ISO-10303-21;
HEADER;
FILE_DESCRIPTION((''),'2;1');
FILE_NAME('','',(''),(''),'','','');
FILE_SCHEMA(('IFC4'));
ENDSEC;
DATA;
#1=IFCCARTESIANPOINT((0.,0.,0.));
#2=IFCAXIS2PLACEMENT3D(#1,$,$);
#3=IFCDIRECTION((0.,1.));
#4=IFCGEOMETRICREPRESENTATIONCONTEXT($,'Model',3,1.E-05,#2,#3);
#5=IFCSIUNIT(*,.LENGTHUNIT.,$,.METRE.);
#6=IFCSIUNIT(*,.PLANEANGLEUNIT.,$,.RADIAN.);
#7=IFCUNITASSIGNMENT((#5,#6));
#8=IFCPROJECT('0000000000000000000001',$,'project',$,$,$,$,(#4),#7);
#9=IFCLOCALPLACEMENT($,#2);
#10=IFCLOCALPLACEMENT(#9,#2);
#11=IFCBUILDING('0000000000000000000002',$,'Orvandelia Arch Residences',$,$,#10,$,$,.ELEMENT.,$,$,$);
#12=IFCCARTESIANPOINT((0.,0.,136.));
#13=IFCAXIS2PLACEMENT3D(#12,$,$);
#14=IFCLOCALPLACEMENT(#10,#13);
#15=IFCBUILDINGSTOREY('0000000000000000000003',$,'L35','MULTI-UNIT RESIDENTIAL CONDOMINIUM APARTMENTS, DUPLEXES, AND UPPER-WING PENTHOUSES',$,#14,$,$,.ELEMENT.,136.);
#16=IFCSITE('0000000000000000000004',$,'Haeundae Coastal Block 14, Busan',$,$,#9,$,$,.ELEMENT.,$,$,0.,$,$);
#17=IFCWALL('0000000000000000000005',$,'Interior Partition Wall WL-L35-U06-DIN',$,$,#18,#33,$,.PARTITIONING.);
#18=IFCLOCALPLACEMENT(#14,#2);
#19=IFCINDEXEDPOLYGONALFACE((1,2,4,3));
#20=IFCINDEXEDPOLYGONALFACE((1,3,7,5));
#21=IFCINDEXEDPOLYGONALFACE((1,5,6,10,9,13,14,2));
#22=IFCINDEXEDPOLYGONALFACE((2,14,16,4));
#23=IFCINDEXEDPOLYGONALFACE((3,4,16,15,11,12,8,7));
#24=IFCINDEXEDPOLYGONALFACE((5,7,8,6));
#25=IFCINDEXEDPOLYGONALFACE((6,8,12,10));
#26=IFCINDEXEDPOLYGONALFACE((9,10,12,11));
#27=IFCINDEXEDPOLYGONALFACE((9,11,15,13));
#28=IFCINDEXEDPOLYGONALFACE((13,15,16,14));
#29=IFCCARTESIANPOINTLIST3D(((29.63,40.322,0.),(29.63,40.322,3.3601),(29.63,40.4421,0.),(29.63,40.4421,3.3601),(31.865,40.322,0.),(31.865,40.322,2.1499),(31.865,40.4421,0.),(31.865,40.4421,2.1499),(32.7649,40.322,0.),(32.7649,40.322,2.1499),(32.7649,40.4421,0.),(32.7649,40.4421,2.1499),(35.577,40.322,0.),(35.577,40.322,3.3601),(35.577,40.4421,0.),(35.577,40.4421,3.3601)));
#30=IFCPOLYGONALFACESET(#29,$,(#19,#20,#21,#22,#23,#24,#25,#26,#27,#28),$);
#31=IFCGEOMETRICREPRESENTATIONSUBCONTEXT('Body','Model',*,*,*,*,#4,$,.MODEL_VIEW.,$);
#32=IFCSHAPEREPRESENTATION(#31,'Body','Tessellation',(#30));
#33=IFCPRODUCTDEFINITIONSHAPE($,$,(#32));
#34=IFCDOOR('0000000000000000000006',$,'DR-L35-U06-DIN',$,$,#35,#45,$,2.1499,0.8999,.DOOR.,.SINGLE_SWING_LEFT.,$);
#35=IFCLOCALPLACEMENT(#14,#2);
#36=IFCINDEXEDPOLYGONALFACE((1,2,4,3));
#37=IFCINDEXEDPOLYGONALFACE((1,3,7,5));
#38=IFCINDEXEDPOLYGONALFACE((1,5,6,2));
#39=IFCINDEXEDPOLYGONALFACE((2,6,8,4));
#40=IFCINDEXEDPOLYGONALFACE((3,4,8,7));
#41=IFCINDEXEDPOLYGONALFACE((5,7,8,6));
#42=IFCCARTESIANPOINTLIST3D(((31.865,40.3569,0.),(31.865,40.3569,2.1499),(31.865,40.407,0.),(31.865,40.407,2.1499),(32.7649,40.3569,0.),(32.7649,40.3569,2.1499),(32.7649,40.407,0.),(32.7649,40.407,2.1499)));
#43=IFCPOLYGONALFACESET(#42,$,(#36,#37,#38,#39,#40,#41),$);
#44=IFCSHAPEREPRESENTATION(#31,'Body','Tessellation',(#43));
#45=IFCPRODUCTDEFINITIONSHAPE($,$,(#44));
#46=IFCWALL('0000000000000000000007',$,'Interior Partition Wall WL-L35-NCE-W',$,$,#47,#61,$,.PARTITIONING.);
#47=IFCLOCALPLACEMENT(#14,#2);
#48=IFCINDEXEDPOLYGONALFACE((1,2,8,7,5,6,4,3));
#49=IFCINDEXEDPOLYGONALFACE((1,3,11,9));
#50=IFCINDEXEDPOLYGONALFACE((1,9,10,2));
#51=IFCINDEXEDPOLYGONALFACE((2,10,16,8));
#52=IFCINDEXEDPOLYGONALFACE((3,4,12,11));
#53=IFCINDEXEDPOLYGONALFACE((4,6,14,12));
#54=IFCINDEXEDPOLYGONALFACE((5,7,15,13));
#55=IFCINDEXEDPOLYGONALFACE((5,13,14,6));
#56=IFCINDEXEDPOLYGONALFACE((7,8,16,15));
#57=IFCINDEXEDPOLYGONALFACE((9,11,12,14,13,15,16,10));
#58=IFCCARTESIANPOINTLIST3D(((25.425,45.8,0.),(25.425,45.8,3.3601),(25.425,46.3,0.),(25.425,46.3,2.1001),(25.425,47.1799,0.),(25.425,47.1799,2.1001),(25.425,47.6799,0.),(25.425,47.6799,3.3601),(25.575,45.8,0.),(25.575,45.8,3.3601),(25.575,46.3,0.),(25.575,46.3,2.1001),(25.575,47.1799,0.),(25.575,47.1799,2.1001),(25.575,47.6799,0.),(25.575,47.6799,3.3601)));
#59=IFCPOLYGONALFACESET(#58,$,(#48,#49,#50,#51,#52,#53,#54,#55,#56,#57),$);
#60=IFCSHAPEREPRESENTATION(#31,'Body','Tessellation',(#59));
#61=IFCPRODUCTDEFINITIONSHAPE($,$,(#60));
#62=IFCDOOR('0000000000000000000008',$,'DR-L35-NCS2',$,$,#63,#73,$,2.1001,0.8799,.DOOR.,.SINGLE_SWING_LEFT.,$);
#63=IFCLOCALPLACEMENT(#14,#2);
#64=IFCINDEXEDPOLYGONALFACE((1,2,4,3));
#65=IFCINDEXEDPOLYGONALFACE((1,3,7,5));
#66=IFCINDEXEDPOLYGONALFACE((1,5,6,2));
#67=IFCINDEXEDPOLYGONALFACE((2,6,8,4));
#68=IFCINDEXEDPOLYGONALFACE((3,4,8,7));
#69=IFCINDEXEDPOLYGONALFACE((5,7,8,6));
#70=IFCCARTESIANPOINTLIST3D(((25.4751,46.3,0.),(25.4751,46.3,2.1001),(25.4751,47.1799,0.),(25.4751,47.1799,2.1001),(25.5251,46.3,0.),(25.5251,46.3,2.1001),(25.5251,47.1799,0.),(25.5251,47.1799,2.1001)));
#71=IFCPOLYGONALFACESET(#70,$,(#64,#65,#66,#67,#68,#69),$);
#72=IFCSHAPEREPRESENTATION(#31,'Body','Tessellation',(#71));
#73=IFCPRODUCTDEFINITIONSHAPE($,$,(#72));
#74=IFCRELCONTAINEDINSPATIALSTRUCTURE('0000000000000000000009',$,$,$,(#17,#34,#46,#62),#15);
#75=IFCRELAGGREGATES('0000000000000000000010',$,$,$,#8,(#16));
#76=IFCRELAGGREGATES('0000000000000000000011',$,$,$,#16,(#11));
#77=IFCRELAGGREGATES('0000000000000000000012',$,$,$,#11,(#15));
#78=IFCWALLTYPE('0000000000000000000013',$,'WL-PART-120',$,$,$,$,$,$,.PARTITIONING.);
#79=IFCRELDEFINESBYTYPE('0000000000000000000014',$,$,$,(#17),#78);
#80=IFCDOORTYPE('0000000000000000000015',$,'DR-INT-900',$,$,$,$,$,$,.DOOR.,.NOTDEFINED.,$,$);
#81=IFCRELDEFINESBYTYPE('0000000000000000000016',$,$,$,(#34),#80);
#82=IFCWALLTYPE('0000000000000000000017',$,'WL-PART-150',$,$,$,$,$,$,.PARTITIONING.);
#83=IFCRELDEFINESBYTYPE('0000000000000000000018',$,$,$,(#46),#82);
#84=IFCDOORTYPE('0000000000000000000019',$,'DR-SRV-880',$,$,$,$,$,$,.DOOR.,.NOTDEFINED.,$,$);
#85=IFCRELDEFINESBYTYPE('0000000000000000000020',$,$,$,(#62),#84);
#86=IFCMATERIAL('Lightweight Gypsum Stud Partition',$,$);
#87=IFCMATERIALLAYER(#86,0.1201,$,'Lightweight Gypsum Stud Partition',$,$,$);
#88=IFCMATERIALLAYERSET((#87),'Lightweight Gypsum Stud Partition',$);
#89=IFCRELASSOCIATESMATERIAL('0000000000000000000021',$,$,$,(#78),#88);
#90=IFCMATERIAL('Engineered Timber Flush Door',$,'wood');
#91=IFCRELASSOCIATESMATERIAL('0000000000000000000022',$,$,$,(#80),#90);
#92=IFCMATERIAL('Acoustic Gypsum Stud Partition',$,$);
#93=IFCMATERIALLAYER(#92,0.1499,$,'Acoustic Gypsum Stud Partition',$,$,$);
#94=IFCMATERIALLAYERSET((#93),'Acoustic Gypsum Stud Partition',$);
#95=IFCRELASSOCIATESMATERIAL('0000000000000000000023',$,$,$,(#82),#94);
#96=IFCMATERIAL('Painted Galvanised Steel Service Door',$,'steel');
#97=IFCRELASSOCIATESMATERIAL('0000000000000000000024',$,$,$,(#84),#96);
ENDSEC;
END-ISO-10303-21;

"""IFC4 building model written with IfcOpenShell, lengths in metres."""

from ifc_helpers import new_model, si_unit, direction, frame, frame_2d, origin, place, context, subcontext, project, spatial, rectangle, extrude, material, layer, layer_set, type_object, element, fill, save


model = new_model("IFC4")

# Units and contexts
model_context = context("Model", 3, precision=1e-05, world=origin(), true_north=direction((0.0, 1.0)))
body_context = subcontext(model_context, "Body", "Model", "MODEL_VIEW")
ifc_project = project(units=[si_unit("LENGTHUNIT", "METRE"), si_unit("PLANEANGLEUNIT", "RADIAN")], contexts=[model_context])

# Site, building, storey
site_placement = place(None, origin())
site = spatial("IfcSite", under=ifc_project, at=site_placement, Name="Haeundae Coastal Block 14, Busan", CompositionType="ELEMENT", RefElevation=0.0)
building_placement = place(site_placement, origin())
building = spatial("IfcBuilding", under=site, at=building_placement, Name="Orvandelia Arch Residences", CompositionType="ELEMENT")
storey_placement = place(building_placement, frame((0.0, 0.0, 136.0)))
storey = spatial("IfcBuildingStorey", under=building, at=storey_placement, Name="L35", Description="MULTI-UNIT RESIDENTIAL CONDOMINIUM APARTMENTS, DUPLEXES, AND UPPER-WING PENTHOUSES", CompositionType="ELEMENT", Elevation=136.0)

# Walls, openings, doors
ifc_material_1 = material(Name="Lightweight Gypsum Stud Partition")
ifc_layer_1 = layer(ifc_material_1, 0.1201, Name="Lightweight Gypsum Stud Partition")
ifc_layer_set_1 = layer_set([ifc_layer_1], Name="Lightweight Gypsum Stud Partition")
wall_type_1 = type_object("IfcWallType", Name="WL-PART-120", PredefinedType="PARTITIONING", material=ifc_layer_set_1)
wall_1_placement = place(storey_placement, frame((29.6299, 40.3821, 0.0), z_axis=(0.0, 0.0, 1.0), x_axis=(1.0, 0.0, 0.0)))
wall_1 = element("IfcWall", 1, at=wall_1_placement, inside=storey, type_object=wall_type_1, Name="Interior Partition Wall WL-L35-U06-DIN", PredefinedType="PARTITIONING", context=body_context, shape_type="SweptSolid", body=[
    extrude(rectangle(XDim=5.947, YDim=0.1201, at=frame_2d((2.9736, 0.0))), origin(), (0.0, 0.0, 1.0), 3.3601),
])
opening_1_placement = place(wall_1_placement, frame((2.2351, 0.0, 0.0)))
opening_1 = element("IfcOpeningElement", 2, at=opening_1_placement, cuts=wall_1, PredefinedType="OPENING", context=body_context, shape_type="SweptSolid", body=[
    extrude(rectangle(XDim=0.8999, YDim=2.1499, at=frame_2d((0.45, 1.075))), frame((0.0, 0.0701, 0.0), z_axis=(0.0, -1.0, 0.0), x_axis=(1.0, 0.0, 0.0)), (0.0, 0.0, 1.0), 0.1401),
])
ifc_material_2 = material(Name="Engineered Timber Flush Door", Category="wood")
door_type_1 = type_object("IfcDoorType", Name="DR-INT-900", OperationType="NOTDEFINED", PredefinedType="DOOR", material=ifc_material_2)
door_1_placement = place(opening_1_placement, origin())
door_1 = element("IfcDoor", 3, at=door_1_placement, inside=storey, type_object=door_type_1, Name="DR-L35-U06-DIN", OperationType="SINGLE_SWING_LEFT", OverallHeight=2.1499, OverallWidth=0.8999, PredefinedType="DOOR", context=body_context, shape_type="SweptSolid", body=[
    extrude(rectangle(XDim=0.8999, YDim=2.1499, at=frame_2d((0.45, 1.075))), frame((0.0, 0.0249, 0.0), z_axis=(0.0, -1.0, 0.0), x_axis=(1.0, 0.0, 0.0)), (0.0, 0.0, 1.0), 0.05),
])
fill(opening_1, door_1)
ifc_material_3 = material(Name="Acoustic Gypsum Stud Partition")
ifc_layer_2 = layer(ifc_material_3, 0.1499, Name="Acoustic Gypsum Stud Partition")
ifc_layer_set_2 = layer_set([ifc_layer_2], Name="Acoustic Gypsum Stud Partition")
wall_type_2 = type_object("IfcWallType", Name="WL-PART-150", PredefinedType="PARTITIONING", material=ifc_layer_set_2)
wall_2_placement = place(storey_placement, frame((25.5, 45.8, 0.0), z_axis=(0.0, 0.0, 1.0), x_axis=(0.0, 1.0, 0.0)))
wall_2 = element("IfcWall", 4, at=wall_2_placement, inside=storey, type_object=wall_type_2, Name="Interior Partition Wall WL-L35-NCE-W", PredefinedType="PARTITIONING", context=body_context, shape_type="SweptSolid", body=[
    extrude(rectangle(XDim=1.8799, YDim=0.1499, at=frame_2d((0.9399, 0.0))), origin(), (0.0, 0.0, 1.0), 3.3601),
])
opening_2_placement = place(wall_2_placement, frame((0.5, 0.0, 0.0)))
opening_2 = element("IfcOpeningElement", 5, at=opening_2_placement, cuts=wall_2, PredefinedType="OPENING", context=body_context, shape_type="SweptSolid", body=[
    extrude(rectangle(XDim=0.8799, YDim=2.1001, at=frame_2d((0.4399, 1.05))), frame((0.0, 0.085, 0.0), z_axis=(0.0, -1.0, 0.0), x_axis=(1.0, 0.0, 0.0)), (0.0, 0.0, 1.0), 0.1699),
])
ifc_material_4 = material(Name="Painted Galvanised Steel Service Door", Category="steel")
door_type_2 = type_object("IfcDoorType", Name="DR-SRV-880", OperationType="NOTDEFINED", PredefinedType="DOOR", material=ifc_material_4)
door_2_placement = place(opening_2_placement, origin())
door_2 = element("IfcDoor", 6, at=door_2_placement, inside=storey, type_object=door_type_2, Name="DR-L35-NCS2", OperationType="SINGLE_SWING_LEFT", OverallHeight=2.1001, OverallWidth=0.8799, PredefinedType="DOOR", context=body_context, shape_type="SweptSolid", body=[
    extrude(rectangle(XDim=0.8799, YDim=2.1001, at=frame_2d((0.4399, 1.05))), frame((0.0, 0.0249, 0.0), z_axis=(0.0, -1.0, 0.0), x_axis=(1.0, 0.0, 0.0)), (0.0, 0.0, 1.0), 0.05),
])
fill(opening_2, door_2)

save(model, "model.ifc")
